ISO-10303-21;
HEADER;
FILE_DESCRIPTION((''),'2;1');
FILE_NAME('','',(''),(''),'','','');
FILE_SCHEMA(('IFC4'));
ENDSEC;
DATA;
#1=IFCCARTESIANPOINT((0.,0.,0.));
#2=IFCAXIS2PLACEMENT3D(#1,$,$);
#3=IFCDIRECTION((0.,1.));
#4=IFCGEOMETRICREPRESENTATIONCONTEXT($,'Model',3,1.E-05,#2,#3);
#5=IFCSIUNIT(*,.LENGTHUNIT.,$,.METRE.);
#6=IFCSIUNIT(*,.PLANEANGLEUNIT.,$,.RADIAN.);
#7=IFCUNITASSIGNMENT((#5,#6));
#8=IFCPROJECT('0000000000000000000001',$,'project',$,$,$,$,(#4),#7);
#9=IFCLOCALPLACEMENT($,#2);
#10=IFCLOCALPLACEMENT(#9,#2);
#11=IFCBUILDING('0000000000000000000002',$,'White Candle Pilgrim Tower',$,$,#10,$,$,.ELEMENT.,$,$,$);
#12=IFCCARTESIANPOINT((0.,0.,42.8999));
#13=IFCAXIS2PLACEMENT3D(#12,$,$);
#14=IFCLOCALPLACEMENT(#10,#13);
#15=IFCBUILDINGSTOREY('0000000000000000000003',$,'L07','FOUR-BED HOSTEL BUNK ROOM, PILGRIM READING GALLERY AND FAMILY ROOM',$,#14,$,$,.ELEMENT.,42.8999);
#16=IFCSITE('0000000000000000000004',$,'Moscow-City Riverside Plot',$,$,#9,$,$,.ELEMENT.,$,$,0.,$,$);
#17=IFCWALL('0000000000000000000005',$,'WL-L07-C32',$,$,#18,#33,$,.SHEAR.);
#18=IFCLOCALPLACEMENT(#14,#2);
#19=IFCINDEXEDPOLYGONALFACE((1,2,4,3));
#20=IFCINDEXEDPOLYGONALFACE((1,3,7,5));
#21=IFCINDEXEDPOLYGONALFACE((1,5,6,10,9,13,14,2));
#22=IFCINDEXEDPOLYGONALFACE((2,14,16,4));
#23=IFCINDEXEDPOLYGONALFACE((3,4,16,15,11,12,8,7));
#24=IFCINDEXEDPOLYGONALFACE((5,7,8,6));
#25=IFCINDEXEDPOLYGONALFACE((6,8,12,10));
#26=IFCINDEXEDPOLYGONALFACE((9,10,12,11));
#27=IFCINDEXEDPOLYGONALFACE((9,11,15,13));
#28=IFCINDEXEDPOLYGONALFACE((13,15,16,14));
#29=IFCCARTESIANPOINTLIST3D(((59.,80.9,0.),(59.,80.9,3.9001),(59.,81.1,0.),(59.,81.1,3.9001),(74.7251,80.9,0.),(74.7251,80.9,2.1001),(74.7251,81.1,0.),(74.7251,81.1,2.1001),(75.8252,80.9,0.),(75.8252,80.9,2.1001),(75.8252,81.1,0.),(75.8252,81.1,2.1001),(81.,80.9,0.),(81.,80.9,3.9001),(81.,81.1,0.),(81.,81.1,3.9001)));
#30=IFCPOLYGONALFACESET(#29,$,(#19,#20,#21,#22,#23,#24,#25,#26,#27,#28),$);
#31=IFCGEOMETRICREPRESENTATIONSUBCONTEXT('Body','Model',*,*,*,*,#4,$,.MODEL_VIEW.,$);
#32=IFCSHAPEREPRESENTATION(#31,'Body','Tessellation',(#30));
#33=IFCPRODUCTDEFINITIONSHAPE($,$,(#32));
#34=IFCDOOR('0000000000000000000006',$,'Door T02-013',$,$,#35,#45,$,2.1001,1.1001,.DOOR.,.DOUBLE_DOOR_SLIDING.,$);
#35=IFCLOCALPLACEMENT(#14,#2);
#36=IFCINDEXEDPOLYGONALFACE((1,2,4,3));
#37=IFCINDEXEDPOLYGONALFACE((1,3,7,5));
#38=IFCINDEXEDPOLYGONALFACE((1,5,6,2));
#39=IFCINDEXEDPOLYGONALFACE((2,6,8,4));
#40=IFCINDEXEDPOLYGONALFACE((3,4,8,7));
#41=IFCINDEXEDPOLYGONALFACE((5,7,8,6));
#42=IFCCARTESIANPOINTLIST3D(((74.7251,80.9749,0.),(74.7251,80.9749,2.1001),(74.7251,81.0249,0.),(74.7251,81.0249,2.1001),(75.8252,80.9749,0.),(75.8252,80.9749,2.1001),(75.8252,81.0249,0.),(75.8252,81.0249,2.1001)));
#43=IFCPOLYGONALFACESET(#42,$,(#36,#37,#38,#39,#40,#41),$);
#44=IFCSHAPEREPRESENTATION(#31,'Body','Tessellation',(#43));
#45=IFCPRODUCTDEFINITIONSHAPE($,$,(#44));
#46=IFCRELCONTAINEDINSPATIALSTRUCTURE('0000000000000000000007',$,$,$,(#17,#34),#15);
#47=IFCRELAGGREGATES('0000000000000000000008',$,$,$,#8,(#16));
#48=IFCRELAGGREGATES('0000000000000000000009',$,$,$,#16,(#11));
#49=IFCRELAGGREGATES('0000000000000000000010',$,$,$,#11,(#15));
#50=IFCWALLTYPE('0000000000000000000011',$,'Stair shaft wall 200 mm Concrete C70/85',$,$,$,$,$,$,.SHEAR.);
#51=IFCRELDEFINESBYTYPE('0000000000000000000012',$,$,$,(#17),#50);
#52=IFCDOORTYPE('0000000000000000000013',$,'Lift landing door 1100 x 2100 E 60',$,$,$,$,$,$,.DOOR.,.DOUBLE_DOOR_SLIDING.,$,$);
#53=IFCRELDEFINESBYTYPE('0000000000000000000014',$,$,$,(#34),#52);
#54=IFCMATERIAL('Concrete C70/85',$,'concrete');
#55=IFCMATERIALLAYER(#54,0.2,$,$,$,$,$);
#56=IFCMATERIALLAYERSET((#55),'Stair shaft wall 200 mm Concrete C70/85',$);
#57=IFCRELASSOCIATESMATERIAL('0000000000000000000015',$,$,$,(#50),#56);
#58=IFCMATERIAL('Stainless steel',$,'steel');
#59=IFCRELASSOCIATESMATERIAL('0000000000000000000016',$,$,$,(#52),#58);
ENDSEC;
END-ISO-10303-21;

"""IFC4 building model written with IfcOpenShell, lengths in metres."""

from ifc_helpers import new_model, si_unit, direction, frame, frame_2d, origin, place, context, subcontext, project, spatial, rectangle, extrude, material, layer, layer_set, type_object, element, fill, save


model = new_model("IFC4")

# Units and contexts
model_context = context("Model", 3, precision=1e-05, world=origin(), true_north=direction((0.0, 1.0)))
body_context = subcontext(model_context, "Body", "Model", "MODEL_VIEW")
ifc_project = project(units=[si_unit("LENGTHUNIT", "METRE"), si_unit("PLANEANGLEUNIT", "RADIAN")], contexts=[model_context])

# Site, building, storey
site_placement = place(None, origin())
site = spatial("IfcSite", under=ifc_project, at=site_placement, Name="Moscow-City Riverside Plot", CompositionType="ELEMENT", RefElevation=0.0)
building_placement = place(site_placement, origin())
building = spatial("IfcBuilding", under=site, at=building_placement, Name="White Candle Pilgrim Tower", CompositionType="ELEMENT")
storey_placement = place(building_placement, frame((0.0, 0.0, 42.8999)))
storey = spatial("IfcBuildingStorey", under=building, at=storey_placement, Name="L07", Description="FOUR-BED HOSTEL BUNK ROOM, PILGRIM READING GALLERY AND FAMILY ROOM", CompositionType="ELEMENT", Elevation=42.8999)

# Shared definitions
ifc_material_1 = material(Name="Concrete C70/85", Category="concrete")

# Wall, opening, door
ifc_layer_1 = layer(ifc_material_1, 0.2)
ifc_layer_set_1 = layer_set([ifc_layer_1], Name="Stair shaft wall 200 mm Concrete C70/85")
wall_type_1 = type_object("IfcWallType", Name="Stair shaft wall 200 mm Concrete C70/85", PredefinedType="SHEAR", material=ifc_layer_set_1)
wall_1_placement = place(storey_placement, frame((59.0, 81.0, 0.0), z_axis=(0.0, 0.0, 1.0), x_axis=(1.0, 0.0, 0.0)))
wall_1 = element("IfcWall", 1, at=wall_1_placement, inside=storey, type_object=wall_type_1, Name="WL-L07-C32", PredefinedType="SHEAR", context=body_context, shape_type="SweptSolid", body=[
    extrude(rectangle(XDim=22.0, YDim=0.2, at=frame_2d((11.0, 0.0))), origin(), (0.0, 0.0, 1.0), 3.9001),
])
opening_placement = place(wall_1_placement, frame((15.7251, 0.0, 0.0)))
opening = element("IfcOpeningElement", 2, at=opening_placement, cuts=wall_1, PredefinedType="OPENING", context=body_context, shape_type="SweptSolid", body=[
    extrude(rectangle(XDim=1.1001, YDim=2.1001, at=frame_2d((0.55, 1.05))), frame((0.0, 0.1099, 0.0), z_axis=(0.0, -1.0, 0.0), x_axis=(1.0, 0.0, 0.0)), (0.0, 0.0, 1.0), 0.22),
])
ifc_material_2 = material(Name="Stainless steel", Category="steel")
door_type = type_object("IfcDoorType", Name="Lift landing door 1100 x 2100 E 60", OperationType="DOUBLE_DOOR_SLIDING", PredefinedType="DOOR", material=ifc_material_2)
door_placement = place(opening_placement, origin())
door = element("IfcDoor", 3, at=door_placement, inside=storey, type_object=door_type, Name="Door T02-013", OperationType="DOUBLE_DOOR_SLIDING", OverallHeight=2.1001, OverallWidth=1.1001, PredefinedType="DOOR", context=body_context, shape_type="SweptSolid", body=[
    extrude(rectangle(XDim=1.1001, YDim=2.1001, at=frame_2d((0.55, 1.05))), frame((0.0, 0.0249, 0.0), z_axis=(0.0, -1.0, 0.0), x_axis=(1.0, 0.0, 0.0)), (0.0, 0.0, 1.0), 0.05),
])
fill(opening, door)

save(model, "model.ifc")
